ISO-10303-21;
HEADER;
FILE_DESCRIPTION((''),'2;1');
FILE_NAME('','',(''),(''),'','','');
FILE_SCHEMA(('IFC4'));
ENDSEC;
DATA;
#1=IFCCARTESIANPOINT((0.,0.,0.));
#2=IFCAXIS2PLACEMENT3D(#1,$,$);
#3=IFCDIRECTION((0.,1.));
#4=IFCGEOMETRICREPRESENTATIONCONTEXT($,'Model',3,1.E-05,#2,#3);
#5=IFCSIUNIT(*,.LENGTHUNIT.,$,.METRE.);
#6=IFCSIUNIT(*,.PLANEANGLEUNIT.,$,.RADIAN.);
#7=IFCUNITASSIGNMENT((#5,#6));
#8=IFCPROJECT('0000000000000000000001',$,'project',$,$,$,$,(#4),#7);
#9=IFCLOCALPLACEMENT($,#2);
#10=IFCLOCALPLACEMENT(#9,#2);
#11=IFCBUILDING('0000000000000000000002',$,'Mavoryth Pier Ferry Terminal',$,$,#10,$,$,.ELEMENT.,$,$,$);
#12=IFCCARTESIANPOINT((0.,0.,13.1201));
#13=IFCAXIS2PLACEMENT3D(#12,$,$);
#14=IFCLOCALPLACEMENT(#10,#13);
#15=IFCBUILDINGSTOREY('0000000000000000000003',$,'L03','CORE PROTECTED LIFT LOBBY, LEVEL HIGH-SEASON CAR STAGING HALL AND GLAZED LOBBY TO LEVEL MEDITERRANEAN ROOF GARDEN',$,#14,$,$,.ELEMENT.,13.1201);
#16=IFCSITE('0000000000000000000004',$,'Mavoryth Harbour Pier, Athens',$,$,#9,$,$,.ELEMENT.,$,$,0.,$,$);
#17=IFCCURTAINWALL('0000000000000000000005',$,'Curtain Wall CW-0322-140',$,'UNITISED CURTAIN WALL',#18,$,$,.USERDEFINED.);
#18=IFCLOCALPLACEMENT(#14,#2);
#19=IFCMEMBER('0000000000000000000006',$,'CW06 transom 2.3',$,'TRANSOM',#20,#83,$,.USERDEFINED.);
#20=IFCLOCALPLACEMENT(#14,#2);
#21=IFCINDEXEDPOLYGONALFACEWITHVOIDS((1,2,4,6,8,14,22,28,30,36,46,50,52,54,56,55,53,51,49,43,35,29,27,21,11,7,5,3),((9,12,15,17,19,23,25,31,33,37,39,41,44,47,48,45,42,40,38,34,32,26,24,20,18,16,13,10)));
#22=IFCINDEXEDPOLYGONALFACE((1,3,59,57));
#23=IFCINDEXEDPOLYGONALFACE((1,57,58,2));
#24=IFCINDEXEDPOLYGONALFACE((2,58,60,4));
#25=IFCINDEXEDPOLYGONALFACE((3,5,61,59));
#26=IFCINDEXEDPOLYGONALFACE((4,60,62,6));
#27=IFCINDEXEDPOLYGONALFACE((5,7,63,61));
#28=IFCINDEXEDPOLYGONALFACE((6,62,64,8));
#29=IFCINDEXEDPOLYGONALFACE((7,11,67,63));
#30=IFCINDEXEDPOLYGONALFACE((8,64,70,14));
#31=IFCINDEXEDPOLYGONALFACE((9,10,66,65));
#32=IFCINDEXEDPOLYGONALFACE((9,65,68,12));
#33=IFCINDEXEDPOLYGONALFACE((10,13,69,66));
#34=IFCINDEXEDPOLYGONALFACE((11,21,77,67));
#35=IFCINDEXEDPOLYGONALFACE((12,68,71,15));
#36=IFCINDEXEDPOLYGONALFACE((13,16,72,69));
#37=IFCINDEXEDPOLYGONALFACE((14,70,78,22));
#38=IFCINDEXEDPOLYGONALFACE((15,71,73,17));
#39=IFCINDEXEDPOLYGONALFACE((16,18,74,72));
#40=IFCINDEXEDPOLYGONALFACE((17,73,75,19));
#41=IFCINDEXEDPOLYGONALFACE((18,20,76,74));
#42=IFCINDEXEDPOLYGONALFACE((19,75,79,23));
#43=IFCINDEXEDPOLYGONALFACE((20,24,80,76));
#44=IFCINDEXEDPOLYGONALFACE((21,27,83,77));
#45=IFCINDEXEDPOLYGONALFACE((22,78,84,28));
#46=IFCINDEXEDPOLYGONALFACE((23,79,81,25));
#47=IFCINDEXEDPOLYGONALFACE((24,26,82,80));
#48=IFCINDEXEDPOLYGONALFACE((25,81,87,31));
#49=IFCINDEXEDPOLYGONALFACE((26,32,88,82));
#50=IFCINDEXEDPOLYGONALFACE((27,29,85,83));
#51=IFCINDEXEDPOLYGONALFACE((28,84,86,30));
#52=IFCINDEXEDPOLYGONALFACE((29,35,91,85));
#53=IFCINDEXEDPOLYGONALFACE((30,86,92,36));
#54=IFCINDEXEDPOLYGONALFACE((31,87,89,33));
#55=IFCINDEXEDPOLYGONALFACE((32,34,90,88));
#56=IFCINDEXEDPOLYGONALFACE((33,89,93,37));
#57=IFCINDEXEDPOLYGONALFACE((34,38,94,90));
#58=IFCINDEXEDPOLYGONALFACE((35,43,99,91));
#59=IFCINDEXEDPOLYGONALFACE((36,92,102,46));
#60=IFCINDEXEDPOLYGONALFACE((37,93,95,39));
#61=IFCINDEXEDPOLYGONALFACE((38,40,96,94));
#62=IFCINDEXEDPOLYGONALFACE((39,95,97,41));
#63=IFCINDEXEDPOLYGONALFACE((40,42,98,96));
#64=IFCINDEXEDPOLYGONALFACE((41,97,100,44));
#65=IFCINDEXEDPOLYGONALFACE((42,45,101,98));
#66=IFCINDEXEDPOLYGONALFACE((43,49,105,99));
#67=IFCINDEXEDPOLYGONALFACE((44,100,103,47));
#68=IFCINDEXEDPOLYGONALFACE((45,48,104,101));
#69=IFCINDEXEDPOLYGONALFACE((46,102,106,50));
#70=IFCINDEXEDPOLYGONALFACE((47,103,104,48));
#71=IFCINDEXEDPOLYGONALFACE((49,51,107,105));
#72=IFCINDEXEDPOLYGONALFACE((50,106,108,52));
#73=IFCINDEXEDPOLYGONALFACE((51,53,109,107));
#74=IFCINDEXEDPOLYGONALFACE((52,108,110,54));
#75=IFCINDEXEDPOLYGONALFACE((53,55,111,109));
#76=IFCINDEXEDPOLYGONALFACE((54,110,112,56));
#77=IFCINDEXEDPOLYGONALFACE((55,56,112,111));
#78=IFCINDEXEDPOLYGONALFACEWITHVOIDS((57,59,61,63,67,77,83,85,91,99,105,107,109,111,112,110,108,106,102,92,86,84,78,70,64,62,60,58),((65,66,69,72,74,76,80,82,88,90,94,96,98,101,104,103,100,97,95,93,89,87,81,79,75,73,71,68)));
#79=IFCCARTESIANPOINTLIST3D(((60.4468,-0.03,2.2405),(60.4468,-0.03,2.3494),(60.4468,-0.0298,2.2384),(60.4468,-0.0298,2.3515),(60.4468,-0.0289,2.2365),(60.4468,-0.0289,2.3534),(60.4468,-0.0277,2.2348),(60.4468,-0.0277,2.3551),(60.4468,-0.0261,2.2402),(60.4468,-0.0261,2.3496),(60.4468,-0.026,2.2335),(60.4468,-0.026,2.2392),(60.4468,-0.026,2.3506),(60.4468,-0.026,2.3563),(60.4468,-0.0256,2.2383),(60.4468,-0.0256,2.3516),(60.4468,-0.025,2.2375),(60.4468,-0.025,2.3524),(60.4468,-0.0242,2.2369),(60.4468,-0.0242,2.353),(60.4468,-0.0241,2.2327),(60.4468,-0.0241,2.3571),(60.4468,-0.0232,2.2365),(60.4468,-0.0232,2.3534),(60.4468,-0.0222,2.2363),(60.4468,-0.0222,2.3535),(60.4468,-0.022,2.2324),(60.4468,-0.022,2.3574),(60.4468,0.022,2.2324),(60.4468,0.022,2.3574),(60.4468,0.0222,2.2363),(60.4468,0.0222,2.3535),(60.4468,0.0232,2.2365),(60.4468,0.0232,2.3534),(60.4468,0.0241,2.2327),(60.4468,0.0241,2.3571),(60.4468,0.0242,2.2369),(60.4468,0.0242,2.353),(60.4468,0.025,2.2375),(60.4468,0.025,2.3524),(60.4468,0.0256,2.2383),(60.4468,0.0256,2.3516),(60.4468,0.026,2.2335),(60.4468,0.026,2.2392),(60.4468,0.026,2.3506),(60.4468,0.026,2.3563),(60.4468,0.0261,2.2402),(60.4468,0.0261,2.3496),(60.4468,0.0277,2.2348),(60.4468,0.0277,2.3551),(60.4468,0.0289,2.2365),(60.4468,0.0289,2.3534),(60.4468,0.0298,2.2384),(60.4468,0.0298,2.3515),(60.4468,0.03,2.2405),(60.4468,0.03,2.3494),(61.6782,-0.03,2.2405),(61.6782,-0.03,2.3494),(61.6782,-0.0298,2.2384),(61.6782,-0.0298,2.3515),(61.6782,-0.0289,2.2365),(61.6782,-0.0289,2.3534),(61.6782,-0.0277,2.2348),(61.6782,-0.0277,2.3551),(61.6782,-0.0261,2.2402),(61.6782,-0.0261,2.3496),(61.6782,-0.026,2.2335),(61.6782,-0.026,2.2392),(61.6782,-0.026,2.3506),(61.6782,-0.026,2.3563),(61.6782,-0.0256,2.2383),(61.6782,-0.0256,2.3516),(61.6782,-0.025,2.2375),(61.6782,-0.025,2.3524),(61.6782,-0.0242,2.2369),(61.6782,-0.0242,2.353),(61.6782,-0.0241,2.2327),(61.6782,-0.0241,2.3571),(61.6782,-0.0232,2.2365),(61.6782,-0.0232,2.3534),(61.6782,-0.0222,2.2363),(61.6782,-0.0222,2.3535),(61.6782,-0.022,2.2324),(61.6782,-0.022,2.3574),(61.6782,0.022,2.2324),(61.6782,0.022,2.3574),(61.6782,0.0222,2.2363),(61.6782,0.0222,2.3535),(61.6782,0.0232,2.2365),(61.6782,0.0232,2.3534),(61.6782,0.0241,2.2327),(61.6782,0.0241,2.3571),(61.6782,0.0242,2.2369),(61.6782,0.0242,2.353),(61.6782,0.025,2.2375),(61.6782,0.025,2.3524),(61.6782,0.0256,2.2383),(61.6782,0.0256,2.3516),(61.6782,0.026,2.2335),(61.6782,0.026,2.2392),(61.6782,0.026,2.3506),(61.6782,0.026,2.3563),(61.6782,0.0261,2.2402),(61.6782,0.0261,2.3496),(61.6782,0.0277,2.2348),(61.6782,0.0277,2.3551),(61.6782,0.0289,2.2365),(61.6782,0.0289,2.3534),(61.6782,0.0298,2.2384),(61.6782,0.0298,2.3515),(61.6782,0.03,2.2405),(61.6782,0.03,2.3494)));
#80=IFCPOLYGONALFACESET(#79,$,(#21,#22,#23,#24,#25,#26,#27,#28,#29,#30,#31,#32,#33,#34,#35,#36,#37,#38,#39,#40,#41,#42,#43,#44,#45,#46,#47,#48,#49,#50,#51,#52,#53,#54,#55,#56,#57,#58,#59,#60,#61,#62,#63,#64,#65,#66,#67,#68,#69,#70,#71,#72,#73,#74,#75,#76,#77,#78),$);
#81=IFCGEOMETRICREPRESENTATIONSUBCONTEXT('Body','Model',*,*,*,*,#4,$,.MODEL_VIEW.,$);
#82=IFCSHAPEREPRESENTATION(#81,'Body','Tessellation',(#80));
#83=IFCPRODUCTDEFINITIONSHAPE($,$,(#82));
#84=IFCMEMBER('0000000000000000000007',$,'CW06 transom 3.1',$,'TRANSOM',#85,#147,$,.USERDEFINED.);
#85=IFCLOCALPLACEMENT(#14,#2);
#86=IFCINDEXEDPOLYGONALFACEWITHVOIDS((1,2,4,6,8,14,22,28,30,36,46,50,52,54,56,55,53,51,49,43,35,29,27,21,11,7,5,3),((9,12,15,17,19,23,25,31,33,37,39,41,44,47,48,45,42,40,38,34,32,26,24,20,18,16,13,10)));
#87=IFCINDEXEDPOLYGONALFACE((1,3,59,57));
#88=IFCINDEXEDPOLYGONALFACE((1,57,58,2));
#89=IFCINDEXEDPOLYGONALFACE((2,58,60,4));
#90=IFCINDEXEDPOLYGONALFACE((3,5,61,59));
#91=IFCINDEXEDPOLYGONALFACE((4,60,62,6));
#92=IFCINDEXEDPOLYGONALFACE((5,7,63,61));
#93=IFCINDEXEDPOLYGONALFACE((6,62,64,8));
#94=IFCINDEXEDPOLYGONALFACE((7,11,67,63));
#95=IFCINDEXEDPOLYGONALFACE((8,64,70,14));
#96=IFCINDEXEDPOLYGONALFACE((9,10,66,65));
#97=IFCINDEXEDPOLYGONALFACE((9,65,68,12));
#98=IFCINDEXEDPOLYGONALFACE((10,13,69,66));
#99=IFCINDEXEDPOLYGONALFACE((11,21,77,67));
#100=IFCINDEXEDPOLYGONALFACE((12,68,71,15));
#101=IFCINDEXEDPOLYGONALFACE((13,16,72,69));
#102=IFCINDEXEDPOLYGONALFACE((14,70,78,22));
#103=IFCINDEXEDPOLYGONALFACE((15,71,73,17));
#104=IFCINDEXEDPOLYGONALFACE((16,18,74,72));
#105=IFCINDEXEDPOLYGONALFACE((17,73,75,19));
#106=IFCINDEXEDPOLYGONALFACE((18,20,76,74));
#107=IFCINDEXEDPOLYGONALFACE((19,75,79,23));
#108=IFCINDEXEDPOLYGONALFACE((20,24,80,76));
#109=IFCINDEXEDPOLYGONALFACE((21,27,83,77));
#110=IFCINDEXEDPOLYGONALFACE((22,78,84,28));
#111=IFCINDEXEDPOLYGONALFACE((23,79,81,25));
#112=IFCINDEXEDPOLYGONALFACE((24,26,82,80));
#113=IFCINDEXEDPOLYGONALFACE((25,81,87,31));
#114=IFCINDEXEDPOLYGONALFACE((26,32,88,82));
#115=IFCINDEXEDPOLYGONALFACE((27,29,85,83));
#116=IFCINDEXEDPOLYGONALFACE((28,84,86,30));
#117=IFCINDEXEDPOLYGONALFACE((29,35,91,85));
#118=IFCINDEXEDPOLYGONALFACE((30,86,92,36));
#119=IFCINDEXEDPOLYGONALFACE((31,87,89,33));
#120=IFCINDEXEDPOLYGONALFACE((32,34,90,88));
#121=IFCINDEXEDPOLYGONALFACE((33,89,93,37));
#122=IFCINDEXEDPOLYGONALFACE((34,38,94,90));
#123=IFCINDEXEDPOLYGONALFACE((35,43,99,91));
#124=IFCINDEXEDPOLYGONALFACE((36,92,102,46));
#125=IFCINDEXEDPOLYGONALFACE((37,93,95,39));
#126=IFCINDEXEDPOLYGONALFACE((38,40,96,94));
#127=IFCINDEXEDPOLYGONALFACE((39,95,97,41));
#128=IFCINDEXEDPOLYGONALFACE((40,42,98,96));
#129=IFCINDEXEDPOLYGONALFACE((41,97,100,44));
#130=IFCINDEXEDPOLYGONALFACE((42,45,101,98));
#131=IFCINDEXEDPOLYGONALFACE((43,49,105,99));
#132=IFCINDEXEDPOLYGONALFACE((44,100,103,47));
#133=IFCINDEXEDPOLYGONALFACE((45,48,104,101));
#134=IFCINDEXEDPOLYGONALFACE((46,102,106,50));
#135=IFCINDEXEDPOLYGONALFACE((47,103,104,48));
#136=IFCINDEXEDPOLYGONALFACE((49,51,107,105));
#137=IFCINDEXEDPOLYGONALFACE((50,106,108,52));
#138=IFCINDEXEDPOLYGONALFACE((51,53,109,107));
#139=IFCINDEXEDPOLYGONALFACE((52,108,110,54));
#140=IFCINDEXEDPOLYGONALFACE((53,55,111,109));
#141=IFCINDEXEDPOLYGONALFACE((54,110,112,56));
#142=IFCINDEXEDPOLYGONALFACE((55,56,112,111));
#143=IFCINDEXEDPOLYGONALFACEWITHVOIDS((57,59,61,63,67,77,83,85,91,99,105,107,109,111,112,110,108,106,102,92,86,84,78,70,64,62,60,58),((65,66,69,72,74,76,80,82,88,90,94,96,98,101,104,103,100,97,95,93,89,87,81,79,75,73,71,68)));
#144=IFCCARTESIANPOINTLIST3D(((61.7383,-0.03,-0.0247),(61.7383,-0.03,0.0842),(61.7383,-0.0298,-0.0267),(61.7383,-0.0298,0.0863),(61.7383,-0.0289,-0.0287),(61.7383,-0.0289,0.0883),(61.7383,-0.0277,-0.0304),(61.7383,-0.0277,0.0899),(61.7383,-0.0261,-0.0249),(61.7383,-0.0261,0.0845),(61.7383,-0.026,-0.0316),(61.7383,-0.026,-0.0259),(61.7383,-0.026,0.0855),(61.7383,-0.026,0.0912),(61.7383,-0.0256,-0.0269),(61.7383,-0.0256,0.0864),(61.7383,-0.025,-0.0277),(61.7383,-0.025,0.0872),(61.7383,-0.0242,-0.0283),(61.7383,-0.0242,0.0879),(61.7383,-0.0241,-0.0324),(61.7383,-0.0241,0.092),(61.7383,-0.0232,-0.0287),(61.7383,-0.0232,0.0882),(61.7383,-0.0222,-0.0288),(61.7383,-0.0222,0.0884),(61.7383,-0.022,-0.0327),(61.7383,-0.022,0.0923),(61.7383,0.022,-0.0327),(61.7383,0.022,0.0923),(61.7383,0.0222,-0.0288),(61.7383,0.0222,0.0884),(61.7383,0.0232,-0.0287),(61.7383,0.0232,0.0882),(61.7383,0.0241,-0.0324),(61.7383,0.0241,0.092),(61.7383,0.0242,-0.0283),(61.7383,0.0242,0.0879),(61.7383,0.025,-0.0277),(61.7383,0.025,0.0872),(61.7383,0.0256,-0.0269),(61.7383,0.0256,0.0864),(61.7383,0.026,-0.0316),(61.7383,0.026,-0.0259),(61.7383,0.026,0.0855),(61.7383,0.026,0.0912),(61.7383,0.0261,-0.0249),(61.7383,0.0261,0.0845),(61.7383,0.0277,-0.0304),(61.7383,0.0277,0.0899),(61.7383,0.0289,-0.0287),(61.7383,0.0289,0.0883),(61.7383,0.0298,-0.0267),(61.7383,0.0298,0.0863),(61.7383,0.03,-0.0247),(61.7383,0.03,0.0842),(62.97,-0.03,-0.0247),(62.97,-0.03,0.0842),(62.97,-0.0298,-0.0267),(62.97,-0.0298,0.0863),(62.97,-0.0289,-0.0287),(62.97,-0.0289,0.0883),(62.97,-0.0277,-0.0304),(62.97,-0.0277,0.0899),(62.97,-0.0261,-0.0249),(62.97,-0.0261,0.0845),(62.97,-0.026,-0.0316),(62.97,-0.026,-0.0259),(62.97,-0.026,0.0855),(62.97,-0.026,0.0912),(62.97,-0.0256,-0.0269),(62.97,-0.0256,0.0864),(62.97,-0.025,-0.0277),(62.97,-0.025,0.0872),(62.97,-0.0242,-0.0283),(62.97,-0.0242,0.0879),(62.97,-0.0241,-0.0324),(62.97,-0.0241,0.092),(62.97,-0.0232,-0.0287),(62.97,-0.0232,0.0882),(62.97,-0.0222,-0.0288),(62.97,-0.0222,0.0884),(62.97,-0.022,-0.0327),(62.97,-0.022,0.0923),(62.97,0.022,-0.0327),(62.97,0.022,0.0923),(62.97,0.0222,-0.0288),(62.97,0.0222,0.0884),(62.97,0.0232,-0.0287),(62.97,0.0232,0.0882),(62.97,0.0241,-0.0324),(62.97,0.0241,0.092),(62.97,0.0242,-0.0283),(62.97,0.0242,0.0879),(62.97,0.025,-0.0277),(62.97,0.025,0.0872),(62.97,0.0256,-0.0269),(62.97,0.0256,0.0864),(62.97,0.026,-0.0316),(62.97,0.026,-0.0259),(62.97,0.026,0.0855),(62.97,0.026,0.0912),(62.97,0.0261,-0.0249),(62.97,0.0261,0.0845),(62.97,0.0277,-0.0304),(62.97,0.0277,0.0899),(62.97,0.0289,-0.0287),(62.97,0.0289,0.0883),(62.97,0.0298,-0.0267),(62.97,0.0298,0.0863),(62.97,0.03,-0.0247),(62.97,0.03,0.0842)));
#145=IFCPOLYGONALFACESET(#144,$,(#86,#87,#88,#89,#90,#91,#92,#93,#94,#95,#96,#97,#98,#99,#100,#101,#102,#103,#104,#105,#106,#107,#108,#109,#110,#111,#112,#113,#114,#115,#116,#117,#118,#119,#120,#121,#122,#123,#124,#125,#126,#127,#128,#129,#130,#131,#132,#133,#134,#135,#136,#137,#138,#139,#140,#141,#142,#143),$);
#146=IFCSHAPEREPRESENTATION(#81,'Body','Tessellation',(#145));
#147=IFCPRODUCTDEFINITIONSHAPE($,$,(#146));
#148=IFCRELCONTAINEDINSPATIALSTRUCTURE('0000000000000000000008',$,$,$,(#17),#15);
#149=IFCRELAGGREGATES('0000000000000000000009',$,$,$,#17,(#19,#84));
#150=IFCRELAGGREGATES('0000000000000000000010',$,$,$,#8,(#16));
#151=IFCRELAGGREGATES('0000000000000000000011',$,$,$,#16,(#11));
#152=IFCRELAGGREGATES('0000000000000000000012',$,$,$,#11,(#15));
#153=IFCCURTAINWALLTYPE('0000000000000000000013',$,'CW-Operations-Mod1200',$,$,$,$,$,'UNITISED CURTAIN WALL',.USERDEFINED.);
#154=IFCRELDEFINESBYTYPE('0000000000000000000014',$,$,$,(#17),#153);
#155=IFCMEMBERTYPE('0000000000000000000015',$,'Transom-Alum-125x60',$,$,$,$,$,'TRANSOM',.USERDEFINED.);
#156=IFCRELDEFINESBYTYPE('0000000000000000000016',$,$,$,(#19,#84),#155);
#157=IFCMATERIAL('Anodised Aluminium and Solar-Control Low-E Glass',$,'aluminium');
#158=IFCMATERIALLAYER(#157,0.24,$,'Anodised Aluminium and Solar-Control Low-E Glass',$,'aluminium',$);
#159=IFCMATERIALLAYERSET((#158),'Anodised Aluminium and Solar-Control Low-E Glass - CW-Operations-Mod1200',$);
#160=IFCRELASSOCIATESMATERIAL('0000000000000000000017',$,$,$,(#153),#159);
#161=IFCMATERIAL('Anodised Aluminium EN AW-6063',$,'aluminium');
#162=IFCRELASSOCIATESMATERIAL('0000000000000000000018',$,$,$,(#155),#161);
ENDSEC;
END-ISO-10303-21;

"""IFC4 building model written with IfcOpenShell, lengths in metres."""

from ifc_helpers import new_model, si_unit, direction, frame, origin, origin_2d, place, context, subcontext, project, spatial, hollow_rectangle, extrude, material, layer, layer_set, material_profile, profile_set, type_object, element, aggregate, save


model = new_model("IFC4")

# Units and contexts
model_context = context("Model", 3, precision=1e-05, world=origin(), true_north=direction((0.0, 1.0)))
body_context = subcontext(model_context, "Body", "Model", "MODEL_VIEW")
ifc_project = project(units=[si_unit("LENGTHUNIT", "METRE"), si_unit("PLANEANGLEUNIT", "RADIAN")], contexts=[model_context])

# Site, building, storey
site_placement = place(None, origin())
site = spatial("IfcSite", under=ifc_project, at=site_placement, Name="Mavoryth Harbour Pier, Athens", CompositionType="ELEMENT", RefElevation=0.0)
building_placement = place(site_placement, origin())
building = spatial("IfcBuilding", under=site, at=building_placement, Name="Mavoryth Pier Ferry Terminal", CompositionType="ELEMENT")
storey_placement = place(building_placement, frame((0.0, 0.0, 13.1201)))
storey = spatial("IfcBuildingStorey", under=building, at=storey_placement, Name="L03", Description="CORE PROTECTED LIFT LOBBY, LEVEL HIGH-SEASON CAR STAGING HALL AND GLAZED LOBBY TO LEVEL MEDITERRANEAN ROOF GARDEN", CompositionType="ELEMENT", Elevation=13.1201)

# Curtain wall, members
ifc_material_1 = material(Name="Anodised Aluminium and Solar-Control Low-E Glass", Category="aluminium")
ifc_layer_1 = layer(ifc_material_1, 0.24, Name="Anodised Aluminium and Solar-Control Low-E Glass", Category="aluminium")
ifc_layer_set_1 = layer_set([ifc_layer_1], Name="Anodised Aluminium and Solar-Control Low-E Glass - CW-Operations-Mod1200")
curtain_wall_type = type_object("IfcCurtainWallType", Name="CW-Operations-Mod1200", ElementType="UNITISED CURTAIN WALL", PredefinedType="USERDEFINED", material=ifc_layer_set_1)
curtain_wall_placement = place(storey_placement, origin())
curtain_wall = element("IfcCurtainWall", 1, at=curtain_wall_placement, inside=storey, type_object=curtain_wall_type, Name="Curtain Wall CW-0322-140", ObjectType="UNITISED CURTAIN WALL", PredefinedType="USERDEFINED")
ifc_material_2 = material(Name="Anodised Aluminium EN AW-6063", Category="aluminium")
ifc_material_profile_1 = material_profile(ifc_material_2, hollow_rectangle(XDim=0.0601, YDim=0.125, WallThickness=0.0039, InnerFilletRadius=0.0039, OuterFilletRadius=0.0081, at=origin_2d()), Name="AL-TRAN 125x60x4", Category="aluminium")
ifc_profile_set_1 = profile_set([ifc_material_profile_1], Name="Anodised Aluminium EN AW-6063 - AL-TRAN 125x60x4")
member_type_1 = type_object("IfcMemberType", Name="Transom-Alum-125x60", ElementType="TRANSOM", PredefinedType="USERDEFINED", material=ifc_profile_set_1)
member_1_placement = place(storey_placement, frame((60.4468, 0.0, 2.2949), z_axis=(1.0, 0.0, 0.0), x_axis=(0.0, 1.0, 0.0)))
member_1 = element("IfcMember", 2, at=member_1_placement, type_object=member_type_1, Name="CW06 transom 2.3", ObjectType="TRANSOM", PredefinedType="USERDEFINED", context=body_context, shape_type="SweptSolid", body=[
    extrude(hollow_rectangle(XDim=0.0601, YDim=0.125, WallThickness=0.0039, InnerFilletRadius=0.0039, OuterFilletRadius=0.0081, at=origin_2d()), origin(), (0.0, 0.0, 1.0), 1.2314),
])
member_2_placement = place(storey_placement, frame((61.7383, 0.0, 0.0298), z_axis=(1.0, 0.0, 0.0), x_axis=(0.0, 1.0, 0.0)))
member_2 = element("IfcMember", 3, at=member_2_placement, type_object=member_type_1, Name="CW06 transom 3.1", ObjectType="TRANSOM", PredefinedType="USERDEFINED", context=body_context, shape_type="SweptSolid", body=[
    extrude(hollow_rectangle(XDim=0.0601, YDim=0.125, WallThickness=0.0039, InnerFilletRadius=0.0039, OuterFilletRadius=0.0081, at=origin_2d()), origin(), (0.0, 0.0, 1.0), 1.2317),
])
aggregate(curtain_wall, [member_1, member_2])

save(model, "model.ifc")
